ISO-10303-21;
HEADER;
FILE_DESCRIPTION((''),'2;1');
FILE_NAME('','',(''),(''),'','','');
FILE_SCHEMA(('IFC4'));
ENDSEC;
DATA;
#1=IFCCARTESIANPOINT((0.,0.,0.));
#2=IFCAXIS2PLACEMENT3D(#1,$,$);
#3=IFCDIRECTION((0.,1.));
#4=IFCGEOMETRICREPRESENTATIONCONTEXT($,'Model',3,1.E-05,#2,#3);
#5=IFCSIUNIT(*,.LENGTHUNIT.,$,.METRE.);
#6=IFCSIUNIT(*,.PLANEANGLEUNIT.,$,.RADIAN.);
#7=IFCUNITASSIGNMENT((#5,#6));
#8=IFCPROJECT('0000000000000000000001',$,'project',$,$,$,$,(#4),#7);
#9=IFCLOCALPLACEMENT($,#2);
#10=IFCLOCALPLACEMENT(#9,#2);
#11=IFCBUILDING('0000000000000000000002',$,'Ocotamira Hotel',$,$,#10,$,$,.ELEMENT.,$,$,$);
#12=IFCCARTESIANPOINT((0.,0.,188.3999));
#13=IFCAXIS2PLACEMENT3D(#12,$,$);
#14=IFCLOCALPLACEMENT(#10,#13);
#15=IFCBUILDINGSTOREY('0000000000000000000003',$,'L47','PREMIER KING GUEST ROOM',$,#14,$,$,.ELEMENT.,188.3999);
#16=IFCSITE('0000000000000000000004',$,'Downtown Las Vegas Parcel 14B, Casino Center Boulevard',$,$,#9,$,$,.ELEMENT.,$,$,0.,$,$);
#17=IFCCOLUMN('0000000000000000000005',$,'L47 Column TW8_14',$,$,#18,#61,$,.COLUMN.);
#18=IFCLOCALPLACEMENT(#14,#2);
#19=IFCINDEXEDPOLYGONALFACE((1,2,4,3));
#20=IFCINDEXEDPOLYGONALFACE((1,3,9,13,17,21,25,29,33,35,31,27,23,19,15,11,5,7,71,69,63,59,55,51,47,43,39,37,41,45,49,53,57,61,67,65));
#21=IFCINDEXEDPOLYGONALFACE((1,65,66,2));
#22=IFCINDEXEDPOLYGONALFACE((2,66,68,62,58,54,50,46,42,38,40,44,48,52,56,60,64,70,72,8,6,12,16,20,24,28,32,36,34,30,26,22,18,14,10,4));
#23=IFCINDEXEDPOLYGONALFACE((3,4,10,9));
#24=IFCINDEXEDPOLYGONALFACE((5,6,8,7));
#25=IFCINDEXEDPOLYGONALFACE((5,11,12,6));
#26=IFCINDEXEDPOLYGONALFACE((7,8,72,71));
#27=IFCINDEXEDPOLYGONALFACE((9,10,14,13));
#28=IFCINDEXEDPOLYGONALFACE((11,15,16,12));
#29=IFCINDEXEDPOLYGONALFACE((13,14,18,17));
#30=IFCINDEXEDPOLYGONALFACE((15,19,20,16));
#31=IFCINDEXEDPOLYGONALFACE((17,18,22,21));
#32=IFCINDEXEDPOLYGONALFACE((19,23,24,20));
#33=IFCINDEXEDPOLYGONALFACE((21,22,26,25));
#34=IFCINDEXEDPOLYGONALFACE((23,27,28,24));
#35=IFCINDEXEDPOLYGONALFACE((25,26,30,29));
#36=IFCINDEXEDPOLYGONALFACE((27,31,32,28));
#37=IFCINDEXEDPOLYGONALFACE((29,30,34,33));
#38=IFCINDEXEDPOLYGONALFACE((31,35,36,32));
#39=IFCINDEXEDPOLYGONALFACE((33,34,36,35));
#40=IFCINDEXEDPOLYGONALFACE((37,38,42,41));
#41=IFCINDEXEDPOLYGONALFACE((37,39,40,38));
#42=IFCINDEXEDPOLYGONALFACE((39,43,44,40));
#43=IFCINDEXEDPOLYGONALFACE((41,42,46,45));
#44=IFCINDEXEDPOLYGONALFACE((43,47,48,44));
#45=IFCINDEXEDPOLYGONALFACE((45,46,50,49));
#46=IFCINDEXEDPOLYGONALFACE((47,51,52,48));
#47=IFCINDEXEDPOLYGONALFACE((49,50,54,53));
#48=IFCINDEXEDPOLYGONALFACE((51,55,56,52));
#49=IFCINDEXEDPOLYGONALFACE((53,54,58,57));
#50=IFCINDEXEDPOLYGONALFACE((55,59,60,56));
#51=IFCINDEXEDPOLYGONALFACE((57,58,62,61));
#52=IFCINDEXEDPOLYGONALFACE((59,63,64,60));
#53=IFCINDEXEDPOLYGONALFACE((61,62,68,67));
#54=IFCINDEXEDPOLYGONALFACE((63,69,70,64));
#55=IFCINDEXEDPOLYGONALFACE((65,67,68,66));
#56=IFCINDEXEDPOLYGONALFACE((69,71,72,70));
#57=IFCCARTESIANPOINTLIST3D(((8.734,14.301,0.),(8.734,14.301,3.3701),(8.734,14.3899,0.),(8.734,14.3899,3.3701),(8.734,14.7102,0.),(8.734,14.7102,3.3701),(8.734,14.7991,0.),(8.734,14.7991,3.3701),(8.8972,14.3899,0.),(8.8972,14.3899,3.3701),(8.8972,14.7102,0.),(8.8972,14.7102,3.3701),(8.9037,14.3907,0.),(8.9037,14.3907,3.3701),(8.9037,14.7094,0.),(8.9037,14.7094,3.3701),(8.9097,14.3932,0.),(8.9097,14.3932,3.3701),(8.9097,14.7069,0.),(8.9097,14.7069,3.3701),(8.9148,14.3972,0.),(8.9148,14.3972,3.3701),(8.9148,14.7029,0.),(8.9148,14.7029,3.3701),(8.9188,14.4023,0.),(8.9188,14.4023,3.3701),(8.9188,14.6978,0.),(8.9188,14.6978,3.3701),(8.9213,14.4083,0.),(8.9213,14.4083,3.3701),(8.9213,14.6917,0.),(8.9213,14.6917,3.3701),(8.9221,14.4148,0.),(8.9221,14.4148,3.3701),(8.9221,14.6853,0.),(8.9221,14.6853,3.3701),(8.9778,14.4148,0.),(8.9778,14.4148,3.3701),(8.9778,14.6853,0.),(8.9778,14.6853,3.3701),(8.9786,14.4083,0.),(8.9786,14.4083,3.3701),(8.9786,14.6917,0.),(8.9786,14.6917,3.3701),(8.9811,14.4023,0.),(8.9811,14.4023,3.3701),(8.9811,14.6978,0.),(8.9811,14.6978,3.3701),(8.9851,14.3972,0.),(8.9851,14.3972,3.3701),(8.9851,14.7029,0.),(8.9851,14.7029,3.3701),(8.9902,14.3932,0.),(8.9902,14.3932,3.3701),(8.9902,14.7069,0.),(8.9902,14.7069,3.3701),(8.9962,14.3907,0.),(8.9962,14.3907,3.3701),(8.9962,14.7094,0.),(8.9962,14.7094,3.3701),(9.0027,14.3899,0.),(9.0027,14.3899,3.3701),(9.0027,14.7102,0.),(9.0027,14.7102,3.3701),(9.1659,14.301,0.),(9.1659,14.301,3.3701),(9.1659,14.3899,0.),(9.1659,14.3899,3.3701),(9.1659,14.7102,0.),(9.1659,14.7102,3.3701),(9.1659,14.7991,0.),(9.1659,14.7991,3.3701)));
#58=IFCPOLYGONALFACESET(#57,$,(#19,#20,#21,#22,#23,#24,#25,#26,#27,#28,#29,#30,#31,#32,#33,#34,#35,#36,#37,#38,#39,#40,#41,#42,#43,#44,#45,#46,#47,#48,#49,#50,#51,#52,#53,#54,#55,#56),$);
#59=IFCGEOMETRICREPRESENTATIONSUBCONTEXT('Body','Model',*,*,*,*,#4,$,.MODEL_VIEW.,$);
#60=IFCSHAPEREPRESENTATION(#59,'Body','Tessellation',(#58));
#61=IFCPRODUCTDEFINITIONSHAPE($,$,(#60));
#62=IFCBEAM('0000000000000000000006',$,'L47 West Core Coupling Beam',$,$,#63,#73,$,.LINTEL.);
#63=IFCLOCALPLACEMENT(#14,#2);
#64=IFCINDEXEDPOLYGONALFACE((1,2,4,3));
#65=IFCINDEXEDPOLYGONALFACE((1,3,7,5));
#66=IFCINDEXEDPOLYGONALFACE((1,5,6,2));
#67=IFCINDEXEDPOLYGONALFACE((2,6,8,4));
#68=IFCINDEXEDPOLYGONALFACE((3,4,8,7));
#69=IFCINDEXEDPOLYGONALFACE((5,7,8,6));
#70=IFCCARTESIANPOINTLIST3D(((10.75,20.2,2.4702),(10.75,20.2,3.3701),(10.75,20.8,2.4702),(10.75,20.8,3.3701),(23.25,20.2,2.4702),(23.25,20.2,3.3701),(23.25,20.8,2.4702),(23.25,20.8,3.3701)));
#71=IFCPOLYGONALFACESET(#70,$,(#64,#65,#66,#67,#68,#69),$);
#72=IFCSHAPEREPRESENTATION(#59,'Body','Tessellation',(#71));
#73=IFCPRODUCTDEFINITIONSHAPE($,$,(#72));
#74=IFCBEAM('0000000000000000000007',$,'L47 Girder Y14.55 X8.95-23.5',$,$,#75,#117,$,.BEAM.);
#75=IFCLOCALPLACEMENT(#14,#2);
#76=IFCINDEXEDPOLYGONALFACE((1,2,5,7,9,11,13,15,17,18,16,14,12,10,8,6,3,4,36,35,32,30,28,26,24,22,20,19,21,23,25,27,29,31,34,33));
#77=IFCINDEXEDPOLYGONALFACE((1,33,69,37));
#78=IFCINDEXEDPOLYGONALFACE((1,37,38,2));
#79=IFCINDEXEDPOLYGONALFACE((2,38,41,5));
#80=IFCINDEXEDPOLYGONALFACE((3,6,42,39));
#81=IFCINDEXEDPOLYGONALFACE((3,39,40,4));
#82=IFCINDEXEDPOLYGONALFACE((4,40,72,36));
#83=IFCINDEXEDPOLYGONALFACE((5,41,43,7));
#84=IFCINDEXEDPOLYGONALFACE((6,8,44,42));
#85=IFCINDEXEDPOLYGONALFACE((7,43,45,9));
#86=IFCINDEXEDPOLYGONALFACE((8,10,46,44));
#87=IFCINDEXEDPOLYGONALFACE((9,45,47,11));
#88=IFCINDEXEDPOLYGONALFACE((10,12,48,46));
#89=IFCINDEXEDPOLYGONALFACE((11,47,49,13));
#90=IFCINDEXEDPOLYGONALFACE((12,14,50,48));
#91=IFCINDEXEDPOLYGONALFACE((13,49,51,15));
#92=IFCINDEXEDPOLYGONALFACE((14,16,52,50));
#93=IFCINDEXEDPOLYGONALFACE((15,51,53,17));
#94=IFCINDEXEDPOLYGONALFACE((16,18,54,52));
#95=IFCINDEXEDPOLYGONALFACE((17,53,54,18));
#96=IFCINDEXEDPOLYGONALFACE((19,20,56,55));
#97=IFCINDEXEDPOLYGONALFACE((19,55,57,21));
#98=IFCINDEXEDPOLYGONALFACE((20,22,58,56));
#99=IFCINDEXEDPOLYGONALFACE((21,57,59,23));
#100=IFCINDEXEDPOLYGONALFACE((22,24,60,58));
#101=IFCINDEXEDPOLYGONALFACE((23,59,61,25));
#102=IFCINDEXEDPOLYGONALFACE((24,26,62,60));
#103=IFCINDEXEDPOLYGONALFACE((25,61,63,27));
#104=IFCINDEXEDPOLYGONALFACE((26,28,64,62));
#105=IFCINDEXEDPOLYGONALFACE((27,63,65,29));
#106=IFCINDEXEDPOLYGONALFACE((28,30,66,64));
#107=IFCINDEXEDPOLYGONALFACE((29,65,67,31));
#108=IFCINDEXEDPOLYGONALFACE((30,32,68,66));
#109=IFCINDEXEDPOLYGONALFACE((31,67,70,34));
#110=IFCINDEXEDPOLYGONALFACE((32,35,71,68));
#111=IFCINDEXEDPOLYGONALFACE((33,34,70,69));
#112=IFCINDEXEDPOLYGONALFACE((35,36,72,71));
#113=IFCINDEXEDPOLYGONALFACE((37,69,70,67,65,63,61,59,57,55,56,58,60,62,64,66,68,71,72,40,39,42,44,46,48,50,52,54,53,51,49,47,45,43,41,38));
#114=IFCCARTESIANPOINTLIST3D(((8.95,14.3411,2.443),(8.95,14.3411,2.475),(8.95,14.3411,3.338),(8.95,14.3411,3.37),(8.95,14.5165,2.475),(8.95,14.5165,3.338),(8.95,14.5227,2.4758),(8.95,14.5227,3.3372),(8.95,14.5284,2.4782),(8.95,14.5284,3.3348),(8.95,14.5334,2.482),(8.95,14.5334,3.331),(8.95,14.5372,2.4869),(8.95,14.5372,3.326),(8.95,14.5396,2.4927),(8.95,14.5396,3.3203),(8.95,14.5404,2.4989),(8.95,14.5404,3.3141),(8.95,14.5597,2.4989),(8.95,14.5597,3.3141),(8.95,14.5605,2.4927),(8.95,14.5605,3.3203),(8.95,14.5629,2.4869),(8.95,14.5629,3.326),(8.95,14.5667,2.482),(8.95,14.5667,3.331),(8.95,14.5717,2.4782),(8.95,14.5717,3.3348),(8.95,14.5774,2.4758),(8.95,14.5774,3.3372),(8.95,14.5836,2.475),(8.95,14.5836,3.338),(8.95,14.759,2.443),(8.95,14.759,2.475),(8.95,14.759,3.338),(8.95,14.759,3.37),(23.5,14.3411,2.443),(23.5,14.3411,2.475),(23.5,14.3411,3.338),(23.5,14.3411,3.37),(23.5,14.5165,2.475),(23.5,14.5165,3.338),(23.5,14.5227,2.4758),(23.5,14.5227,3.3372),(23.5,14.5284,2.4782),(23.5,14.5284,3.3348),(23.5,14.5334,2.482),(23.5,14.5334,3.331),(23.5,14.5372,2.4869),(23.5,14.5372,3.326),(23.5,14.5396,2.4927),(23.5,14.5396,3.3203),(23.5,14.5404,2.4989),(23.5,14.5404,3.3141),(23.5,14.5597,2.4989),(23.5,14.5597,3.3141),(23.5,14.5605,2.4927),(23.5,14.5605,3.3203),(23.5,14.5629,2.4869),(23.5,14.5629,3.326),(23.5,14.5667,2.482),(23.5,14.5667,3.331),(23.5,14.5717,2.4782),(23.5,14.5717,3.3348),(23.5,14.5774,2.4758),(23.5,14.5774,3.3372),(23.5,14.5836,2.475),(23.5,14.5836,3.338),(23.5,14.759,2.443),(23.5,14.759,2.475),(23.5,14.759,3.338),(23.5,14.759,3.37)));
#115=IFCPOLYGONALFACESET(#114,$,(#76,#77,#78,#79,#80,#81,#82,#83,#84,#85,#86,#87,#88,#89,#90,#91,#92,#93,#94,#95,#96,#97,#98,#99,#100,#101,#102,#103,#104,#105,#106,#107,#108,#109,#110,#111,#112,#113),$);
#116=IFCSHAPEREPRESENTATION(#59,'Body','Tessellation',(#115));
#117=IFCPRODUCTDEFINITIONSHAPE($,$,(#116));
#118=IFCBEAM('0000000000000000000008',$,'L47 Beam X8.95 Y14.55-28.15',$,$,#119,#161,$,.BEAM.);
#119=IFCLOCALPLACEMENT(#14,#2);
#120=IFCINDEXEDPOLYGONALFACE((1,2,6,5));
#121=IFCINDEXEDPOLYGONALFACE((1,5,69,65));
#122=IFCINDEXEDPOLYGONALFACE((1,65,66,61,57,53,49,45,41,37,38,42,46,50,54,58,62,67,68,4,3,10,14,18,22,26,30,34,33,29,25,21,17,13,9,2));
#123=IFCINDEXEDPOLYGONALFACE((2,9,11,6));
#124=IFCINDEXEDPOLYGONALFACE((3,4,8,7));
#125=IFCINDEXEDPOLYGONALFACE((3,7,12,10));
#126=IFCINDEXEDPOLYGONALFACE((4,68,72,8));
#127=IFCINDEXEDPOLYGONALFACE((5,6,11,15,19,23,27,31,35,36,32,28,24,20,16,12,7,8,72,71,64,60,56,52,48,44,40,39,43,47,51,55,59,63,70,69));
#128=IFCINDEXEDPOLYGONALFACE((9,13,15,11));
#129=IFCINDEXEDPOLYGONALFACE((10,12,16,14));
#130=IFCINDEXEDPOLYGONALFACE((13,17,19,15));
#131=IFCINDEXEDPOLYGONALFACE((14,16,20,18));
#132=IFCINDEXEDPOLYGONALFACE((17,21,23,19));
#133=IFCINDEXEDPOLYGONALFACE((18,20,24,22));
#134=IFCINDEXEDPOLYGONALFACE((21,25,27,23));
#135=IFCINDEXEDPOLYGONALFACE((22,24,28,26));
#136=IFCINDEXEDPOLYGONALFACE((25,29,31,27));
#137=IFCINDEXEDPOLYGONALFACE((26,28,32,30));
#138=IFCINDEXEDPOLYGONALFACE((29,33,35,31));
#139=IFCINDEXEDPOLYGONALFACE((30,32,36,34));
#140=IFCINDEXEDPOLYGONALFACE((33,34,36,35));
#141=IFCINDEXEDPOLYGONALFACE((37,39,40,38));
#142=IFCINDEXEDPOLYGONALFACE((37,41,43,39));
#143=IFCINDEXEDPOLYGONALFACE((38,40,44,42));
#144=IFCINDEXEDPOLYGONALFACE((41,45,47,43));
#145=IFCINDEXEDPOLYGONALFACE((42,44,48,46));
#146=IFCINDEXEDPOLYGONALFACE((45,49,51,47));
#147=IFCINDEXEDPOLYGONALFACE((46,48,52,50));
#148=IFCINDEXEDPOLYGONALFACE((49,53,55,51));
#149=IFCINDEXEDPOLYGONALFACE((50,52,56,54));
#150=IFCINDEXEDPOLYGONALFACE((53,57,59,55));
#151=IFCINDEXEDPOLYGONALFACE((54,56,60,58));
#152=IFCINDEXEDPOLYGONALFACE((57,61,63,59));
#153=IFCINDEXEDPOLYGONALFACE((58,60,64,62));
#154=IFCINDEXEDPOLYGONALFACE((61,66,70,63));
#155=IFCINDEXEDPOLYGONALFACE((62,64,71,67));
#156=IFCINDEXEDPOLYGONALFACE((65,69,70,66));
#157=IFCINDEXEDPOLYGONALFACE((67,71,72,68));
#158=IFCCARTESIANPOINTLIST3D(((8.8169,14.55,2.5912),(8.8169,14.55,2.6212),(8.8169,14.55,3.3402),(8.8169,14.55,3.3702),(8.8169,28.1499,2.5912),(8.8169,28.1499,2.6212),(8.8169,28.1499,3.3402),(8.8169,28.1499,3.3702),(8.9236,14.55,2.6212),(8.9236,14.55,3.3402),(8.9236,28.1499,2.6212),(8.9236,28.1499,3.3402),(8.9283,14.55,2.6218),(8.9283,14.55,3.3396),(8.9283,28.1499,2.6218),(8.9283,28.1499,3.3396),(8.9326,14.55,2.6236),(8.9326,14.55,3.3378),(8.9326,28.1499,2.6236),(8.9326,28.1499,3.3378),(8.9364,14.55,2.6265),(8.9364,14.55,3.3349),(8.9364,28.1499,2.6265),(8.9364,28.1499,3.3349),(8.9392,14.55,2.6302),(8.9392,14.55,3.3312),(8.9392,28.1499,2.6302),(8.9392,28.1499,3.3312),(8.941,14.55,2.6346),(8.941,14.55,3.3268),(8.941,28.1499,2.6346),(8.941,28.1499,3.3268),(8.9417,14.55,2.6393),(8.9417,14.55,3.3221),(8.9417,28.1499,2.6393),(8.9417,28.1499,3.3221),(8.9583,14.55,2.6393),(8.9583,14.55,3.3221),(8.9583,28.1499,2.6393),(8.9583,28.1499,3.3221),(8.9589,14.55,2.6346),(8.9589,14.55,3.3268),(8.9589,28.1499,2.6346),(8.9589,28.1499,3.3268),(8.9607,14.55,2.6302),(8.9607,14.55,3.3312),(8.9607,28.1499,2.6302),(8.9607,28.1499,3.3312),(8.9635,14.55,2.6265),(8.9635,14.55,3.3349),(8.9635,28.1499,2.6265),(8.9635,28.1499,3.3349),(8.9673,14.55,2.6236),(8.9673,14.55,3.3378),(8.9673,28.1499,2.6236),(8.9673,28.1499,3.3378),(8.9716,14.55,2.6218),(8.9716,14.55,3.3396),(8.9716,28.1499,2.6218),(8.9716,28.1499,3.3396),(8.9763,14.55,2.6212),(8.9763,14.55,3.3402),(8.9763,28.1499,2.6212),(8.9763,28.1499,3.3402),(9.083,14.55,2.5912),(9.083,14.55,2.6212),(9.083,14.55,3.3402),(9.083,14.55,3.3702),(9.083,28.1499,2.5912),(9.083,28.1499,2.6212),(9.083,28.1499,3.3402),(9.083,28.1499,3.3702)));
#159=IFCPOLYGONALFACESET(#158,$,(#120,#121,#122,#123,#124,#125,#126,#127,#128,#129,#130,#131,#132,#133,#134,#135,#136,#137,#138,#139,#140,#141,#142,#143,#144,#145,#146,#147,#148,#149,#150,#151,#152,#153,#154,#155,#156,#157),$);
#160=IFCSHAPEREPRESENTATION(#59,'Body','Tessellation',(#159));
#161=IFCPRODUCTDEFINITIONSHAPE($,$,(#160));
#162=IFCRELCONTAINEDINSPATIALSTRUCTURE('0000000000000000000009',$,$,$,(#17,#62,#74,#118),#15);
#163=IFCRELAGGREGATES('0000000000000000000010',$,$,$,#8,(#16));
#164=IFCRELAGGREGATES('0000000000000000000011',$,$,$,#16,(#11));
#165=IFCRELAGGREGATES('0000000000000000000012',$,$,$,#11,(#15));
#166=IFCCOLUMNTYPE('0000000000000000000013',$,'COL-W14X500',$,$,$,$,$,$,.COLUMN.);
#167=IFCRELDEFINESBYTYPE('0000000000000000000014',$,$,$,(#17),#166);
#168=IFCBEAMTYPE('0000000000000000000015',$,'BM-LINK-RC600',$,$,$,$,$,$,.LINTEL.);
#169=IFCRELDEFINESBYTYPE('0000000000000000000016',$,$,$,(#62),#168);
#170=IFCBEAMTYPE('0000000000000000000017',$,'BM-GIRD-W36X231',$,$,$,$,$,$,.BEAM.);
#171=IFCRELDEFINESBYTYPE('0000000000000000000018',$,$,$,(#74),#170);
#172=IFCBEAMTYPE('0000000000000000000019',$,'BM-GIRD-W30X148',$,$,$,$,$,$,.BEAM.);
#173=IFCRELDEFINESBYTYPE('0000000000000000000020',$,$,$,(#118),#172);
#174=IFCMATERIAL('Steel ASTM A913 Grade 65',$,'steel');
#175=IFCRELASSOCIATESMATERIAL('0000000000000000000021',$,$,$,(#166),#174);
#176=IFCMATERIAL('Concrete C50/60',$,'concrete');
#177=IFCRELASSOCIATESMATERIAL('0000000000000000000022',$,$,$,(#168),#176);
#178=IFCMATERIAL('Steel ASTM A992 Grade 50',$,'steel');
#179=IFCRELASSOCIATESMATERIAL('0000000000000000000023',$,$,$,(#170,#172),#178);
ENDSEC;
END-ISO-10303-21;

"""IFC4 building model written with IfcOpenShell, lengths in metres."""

from ifc_helpers import new_model, si_unit, direction, frame, origin, origin_2d, place, context, subcontext, project, spatial, rectangle, i_section, extrude, source, transform, mapped, material, material_profile, profile_set, type_object, element, save


model = new_model("IFC4")

# Units and contexts
model_context = context("Model", 3, precision=1e-05, world=origin(), true_north=direction((0.0, 1.0)))
body_context = subcontext(model_context, "Body", "Model", "MODEL_VIEW")
ifc_project = project(units=[si_unit("LENGTHUNIT", "METRE"), si_unit("PLANEANGLEUNIT", "RADIAN")], contexts=[model_context])

# Site, building, storey
site_placement = place(None, origin())
site = spatial("IfcSite", under=ifc_project, at=site_placement, Name="Downtown Las Vegas Parcel 14B, Casino Center Boulevard", CompositionType="ELEMENT", RefElevation=0.0)
building_placement = place(site_placement, origin())
building = spatial("IfcBuilding", under=site, at=building_placement, Name="Ocotamira Hotel", CompositionType="ELEMENT")
storey_placement = place(building_placement, frame((0.0, 0.0, 188.3999)))
storey = spatial("IfcBuildingStorey", under=building, at=storey_placement, Name="L47", Description="PREMIER KING GUEST ROOM", CompositionType="ELEMENT", Elevation=188.3999)

# Column
ifc_material_1 = material(Name="Steel ASTM A913 Grade 65", Category="steel")
ifc_material_profile_1 = material_profile(ifc_material_1, i_section(OverallWidth=0.4319, OverallDepth=0.498, WebThickness=0.0557, FlangeThickness=0.0889, FilletRadius=0.0249, at=origin_2d()), Name="W14X500")
ifc_profile_set_1 = profile_set([ifc_material_profile_1], Name="Steel ASTM A913 Grade 65")
column_type = type_object("IfcColumnType", Name="COL-W14X500", PredefinedType="COLUMN", material=ifc_profile_set_1)
shared_shape_1 = source(origin(), body_context, "Body", "SweptSolid", [
    extrude(i_section(OverallWidth=0.4319, OverallDepth=0.498, WebThickness=0.0557, FlangeThickness=0.0889, FilletRadius=0.0249, at=origin_2d()), origin(), (0.0, 0.0, 1.0), 3.3701),
])
column_placement = place(storey_placement, frame((8.95, 14.55, 0.0), z_axis=(0.0, 0.0, 1.0), x_axis=(1.0, 0.0, 0.0)))
element("IfcColumn", 1, at=column_placement, inside=storey, type_object=column_type, Name="L47 Column TW8_14", PredefinedType="COLUMN", context=body_context, shape_type="MappedRepresentation", body=[
    mapped(shared_shape_1, transform((0.0, 0.0, 0.0), scale=1.0)),
])

# Beams
ifc_material_2 = material(Name="Concrete C50/60", Category="concrete")
ifc_material_profile_2 = material_profile(ifc_material_2, rectangle(XDim=0.6001, YDim=0.8999, at=origin_2d()), Name="RC600X900")
ifc_profile_set_2 = profile_set([ifc_material_profile_2], Name="Concrete C50/60")
beam_type_1 = type_object("IfcBeamType", Name="BM-LINK-RC600", PredefinedType="LINTEL", material=ifc_profile_set_2)
shared_shape_2 = source(origin(), body_context, "Body", "SweptSolid", [
    extrude(rectangle(XDim=0.6001, YDim=0.8999, at=origin_2d()), origin(), (0.0, 0.0, 1.0), 12.5),
])
beam_1_placement = place(storey_placement, frame((10.75, 20.5, 2.9202), z_axis=(1.0, 0.0, 0.0), x_axis=(0.0, 1.0, 0.0)))
element("IfcBeam", 2, at=beam_1_placement, inside=storey, type_object=beam_type_1, Name="L47 West Core Coupling Beam", PredefinedType="LINTEL", context=body_context, shape_type="MappedRepresentation", body=[
    mapped(shared_shape_2, transform((0.0, 0.0, 0.0), scale=1.0)),
])
ifc_material_3 = material(Name="Steel ASTM A992 Grade 50", Category="steel")
ifc_material_profile_3 = material_profile(ifc_material_3, i_section(OverallWidth=0.418, OverallDepth=0.927, WebThickness=0.0193, FlangeThickness=0.032, FilletRadius=0.0239, at=origin_2d()), Name="W36X231")
ifc_profile_set_3 = profile_set([ifc_material_profile_3], Name="Steel ASTM A992 Grade 50")
beam_type_2 = type_object("IfcBeamType", Name="BM-GIRD-W36X231", PredefinedType="BEAM", material=ifc_profile_set_3)
shared_shape_3 = source(origin(), body_context, "Body", "SweptSolid", [
    extrude(i_section(OverallWidth=0.418, OverallDepth=0.927, WebThickness=0.0193, FlangeThickness=0.032, FilletRadius=0.0239, at=origin_2d()), origin(), (0.0, 0.0, 1.0), 14.55),
])
beam_2_placement = place(storey_placement, frame((8.95, 14.55, 2.9065), z_axis=(1.0, 0.0, 0.0), x_axis=(0.0, 1.0, 0.0)))
element("IfcBeam", 3, at=beam_2_placement, inside=storey, type_object=beam_type_2, Name="L47 Girder Y14.55 X8.95-23.5", PredefinedType="BEAM", context=body_context, shape_type="MappedRepresentation", body=[
    mapped(shared_shape_3, transform((0.0, 0.0, 0.0), scale=1.0)),
])
ifc_material_profile_4 = material_profile(ifc_material_3, i_section(OverallWidth=0.2661, OverallDepth=0.7791, WebThickness=0.0166, FlangeThickness=0.03, FilletRadius=0.0181, at=origin_2d()), Name="W30X148")
ifc_profile_set_4 = profile_set([ifc_material_profile_4], Name="Steel ASTM A992 Grade 50")
beam_type_3 = type_object("IfcBeamType", Name="BM-GIRD-W30X148", PredefinedType="BEAM", material=ifc_profile_set_4)
shared_shape_4 = source(origin(), body_context, "Body", "SweptSolid", [
    extrude(i_section(OverallWidth=0.2661, OverallDepth=0.7791, WebThickness=0.0166, FlangeThickness=0.03, FilletRadius=0.0181, at=origin_2d()), origin(), (0.0, 0.0, 1.0), 13.5999),
])
beam_3_placement = place(storey_placement, frame((8.95, 14.55, 2.9807), z_axis=(0.0, 1.0, 0.0), x_axis=(-1.0, 0.0, 0.0)))
element("IfcBeam", 4, at=beam_3_placement, inside=storey, type_object=beam_type_3, Name="L47 Beam X8.95 Y14.55-28.15", PredefinedType="BEAM", context=body_context, shape_type="MappedRepresentation", body=[
    mapped(shared_shape_4, transform((0.0, 0.0, 0.0), scale=1.0)),
])

save(model, "model.ifc")
